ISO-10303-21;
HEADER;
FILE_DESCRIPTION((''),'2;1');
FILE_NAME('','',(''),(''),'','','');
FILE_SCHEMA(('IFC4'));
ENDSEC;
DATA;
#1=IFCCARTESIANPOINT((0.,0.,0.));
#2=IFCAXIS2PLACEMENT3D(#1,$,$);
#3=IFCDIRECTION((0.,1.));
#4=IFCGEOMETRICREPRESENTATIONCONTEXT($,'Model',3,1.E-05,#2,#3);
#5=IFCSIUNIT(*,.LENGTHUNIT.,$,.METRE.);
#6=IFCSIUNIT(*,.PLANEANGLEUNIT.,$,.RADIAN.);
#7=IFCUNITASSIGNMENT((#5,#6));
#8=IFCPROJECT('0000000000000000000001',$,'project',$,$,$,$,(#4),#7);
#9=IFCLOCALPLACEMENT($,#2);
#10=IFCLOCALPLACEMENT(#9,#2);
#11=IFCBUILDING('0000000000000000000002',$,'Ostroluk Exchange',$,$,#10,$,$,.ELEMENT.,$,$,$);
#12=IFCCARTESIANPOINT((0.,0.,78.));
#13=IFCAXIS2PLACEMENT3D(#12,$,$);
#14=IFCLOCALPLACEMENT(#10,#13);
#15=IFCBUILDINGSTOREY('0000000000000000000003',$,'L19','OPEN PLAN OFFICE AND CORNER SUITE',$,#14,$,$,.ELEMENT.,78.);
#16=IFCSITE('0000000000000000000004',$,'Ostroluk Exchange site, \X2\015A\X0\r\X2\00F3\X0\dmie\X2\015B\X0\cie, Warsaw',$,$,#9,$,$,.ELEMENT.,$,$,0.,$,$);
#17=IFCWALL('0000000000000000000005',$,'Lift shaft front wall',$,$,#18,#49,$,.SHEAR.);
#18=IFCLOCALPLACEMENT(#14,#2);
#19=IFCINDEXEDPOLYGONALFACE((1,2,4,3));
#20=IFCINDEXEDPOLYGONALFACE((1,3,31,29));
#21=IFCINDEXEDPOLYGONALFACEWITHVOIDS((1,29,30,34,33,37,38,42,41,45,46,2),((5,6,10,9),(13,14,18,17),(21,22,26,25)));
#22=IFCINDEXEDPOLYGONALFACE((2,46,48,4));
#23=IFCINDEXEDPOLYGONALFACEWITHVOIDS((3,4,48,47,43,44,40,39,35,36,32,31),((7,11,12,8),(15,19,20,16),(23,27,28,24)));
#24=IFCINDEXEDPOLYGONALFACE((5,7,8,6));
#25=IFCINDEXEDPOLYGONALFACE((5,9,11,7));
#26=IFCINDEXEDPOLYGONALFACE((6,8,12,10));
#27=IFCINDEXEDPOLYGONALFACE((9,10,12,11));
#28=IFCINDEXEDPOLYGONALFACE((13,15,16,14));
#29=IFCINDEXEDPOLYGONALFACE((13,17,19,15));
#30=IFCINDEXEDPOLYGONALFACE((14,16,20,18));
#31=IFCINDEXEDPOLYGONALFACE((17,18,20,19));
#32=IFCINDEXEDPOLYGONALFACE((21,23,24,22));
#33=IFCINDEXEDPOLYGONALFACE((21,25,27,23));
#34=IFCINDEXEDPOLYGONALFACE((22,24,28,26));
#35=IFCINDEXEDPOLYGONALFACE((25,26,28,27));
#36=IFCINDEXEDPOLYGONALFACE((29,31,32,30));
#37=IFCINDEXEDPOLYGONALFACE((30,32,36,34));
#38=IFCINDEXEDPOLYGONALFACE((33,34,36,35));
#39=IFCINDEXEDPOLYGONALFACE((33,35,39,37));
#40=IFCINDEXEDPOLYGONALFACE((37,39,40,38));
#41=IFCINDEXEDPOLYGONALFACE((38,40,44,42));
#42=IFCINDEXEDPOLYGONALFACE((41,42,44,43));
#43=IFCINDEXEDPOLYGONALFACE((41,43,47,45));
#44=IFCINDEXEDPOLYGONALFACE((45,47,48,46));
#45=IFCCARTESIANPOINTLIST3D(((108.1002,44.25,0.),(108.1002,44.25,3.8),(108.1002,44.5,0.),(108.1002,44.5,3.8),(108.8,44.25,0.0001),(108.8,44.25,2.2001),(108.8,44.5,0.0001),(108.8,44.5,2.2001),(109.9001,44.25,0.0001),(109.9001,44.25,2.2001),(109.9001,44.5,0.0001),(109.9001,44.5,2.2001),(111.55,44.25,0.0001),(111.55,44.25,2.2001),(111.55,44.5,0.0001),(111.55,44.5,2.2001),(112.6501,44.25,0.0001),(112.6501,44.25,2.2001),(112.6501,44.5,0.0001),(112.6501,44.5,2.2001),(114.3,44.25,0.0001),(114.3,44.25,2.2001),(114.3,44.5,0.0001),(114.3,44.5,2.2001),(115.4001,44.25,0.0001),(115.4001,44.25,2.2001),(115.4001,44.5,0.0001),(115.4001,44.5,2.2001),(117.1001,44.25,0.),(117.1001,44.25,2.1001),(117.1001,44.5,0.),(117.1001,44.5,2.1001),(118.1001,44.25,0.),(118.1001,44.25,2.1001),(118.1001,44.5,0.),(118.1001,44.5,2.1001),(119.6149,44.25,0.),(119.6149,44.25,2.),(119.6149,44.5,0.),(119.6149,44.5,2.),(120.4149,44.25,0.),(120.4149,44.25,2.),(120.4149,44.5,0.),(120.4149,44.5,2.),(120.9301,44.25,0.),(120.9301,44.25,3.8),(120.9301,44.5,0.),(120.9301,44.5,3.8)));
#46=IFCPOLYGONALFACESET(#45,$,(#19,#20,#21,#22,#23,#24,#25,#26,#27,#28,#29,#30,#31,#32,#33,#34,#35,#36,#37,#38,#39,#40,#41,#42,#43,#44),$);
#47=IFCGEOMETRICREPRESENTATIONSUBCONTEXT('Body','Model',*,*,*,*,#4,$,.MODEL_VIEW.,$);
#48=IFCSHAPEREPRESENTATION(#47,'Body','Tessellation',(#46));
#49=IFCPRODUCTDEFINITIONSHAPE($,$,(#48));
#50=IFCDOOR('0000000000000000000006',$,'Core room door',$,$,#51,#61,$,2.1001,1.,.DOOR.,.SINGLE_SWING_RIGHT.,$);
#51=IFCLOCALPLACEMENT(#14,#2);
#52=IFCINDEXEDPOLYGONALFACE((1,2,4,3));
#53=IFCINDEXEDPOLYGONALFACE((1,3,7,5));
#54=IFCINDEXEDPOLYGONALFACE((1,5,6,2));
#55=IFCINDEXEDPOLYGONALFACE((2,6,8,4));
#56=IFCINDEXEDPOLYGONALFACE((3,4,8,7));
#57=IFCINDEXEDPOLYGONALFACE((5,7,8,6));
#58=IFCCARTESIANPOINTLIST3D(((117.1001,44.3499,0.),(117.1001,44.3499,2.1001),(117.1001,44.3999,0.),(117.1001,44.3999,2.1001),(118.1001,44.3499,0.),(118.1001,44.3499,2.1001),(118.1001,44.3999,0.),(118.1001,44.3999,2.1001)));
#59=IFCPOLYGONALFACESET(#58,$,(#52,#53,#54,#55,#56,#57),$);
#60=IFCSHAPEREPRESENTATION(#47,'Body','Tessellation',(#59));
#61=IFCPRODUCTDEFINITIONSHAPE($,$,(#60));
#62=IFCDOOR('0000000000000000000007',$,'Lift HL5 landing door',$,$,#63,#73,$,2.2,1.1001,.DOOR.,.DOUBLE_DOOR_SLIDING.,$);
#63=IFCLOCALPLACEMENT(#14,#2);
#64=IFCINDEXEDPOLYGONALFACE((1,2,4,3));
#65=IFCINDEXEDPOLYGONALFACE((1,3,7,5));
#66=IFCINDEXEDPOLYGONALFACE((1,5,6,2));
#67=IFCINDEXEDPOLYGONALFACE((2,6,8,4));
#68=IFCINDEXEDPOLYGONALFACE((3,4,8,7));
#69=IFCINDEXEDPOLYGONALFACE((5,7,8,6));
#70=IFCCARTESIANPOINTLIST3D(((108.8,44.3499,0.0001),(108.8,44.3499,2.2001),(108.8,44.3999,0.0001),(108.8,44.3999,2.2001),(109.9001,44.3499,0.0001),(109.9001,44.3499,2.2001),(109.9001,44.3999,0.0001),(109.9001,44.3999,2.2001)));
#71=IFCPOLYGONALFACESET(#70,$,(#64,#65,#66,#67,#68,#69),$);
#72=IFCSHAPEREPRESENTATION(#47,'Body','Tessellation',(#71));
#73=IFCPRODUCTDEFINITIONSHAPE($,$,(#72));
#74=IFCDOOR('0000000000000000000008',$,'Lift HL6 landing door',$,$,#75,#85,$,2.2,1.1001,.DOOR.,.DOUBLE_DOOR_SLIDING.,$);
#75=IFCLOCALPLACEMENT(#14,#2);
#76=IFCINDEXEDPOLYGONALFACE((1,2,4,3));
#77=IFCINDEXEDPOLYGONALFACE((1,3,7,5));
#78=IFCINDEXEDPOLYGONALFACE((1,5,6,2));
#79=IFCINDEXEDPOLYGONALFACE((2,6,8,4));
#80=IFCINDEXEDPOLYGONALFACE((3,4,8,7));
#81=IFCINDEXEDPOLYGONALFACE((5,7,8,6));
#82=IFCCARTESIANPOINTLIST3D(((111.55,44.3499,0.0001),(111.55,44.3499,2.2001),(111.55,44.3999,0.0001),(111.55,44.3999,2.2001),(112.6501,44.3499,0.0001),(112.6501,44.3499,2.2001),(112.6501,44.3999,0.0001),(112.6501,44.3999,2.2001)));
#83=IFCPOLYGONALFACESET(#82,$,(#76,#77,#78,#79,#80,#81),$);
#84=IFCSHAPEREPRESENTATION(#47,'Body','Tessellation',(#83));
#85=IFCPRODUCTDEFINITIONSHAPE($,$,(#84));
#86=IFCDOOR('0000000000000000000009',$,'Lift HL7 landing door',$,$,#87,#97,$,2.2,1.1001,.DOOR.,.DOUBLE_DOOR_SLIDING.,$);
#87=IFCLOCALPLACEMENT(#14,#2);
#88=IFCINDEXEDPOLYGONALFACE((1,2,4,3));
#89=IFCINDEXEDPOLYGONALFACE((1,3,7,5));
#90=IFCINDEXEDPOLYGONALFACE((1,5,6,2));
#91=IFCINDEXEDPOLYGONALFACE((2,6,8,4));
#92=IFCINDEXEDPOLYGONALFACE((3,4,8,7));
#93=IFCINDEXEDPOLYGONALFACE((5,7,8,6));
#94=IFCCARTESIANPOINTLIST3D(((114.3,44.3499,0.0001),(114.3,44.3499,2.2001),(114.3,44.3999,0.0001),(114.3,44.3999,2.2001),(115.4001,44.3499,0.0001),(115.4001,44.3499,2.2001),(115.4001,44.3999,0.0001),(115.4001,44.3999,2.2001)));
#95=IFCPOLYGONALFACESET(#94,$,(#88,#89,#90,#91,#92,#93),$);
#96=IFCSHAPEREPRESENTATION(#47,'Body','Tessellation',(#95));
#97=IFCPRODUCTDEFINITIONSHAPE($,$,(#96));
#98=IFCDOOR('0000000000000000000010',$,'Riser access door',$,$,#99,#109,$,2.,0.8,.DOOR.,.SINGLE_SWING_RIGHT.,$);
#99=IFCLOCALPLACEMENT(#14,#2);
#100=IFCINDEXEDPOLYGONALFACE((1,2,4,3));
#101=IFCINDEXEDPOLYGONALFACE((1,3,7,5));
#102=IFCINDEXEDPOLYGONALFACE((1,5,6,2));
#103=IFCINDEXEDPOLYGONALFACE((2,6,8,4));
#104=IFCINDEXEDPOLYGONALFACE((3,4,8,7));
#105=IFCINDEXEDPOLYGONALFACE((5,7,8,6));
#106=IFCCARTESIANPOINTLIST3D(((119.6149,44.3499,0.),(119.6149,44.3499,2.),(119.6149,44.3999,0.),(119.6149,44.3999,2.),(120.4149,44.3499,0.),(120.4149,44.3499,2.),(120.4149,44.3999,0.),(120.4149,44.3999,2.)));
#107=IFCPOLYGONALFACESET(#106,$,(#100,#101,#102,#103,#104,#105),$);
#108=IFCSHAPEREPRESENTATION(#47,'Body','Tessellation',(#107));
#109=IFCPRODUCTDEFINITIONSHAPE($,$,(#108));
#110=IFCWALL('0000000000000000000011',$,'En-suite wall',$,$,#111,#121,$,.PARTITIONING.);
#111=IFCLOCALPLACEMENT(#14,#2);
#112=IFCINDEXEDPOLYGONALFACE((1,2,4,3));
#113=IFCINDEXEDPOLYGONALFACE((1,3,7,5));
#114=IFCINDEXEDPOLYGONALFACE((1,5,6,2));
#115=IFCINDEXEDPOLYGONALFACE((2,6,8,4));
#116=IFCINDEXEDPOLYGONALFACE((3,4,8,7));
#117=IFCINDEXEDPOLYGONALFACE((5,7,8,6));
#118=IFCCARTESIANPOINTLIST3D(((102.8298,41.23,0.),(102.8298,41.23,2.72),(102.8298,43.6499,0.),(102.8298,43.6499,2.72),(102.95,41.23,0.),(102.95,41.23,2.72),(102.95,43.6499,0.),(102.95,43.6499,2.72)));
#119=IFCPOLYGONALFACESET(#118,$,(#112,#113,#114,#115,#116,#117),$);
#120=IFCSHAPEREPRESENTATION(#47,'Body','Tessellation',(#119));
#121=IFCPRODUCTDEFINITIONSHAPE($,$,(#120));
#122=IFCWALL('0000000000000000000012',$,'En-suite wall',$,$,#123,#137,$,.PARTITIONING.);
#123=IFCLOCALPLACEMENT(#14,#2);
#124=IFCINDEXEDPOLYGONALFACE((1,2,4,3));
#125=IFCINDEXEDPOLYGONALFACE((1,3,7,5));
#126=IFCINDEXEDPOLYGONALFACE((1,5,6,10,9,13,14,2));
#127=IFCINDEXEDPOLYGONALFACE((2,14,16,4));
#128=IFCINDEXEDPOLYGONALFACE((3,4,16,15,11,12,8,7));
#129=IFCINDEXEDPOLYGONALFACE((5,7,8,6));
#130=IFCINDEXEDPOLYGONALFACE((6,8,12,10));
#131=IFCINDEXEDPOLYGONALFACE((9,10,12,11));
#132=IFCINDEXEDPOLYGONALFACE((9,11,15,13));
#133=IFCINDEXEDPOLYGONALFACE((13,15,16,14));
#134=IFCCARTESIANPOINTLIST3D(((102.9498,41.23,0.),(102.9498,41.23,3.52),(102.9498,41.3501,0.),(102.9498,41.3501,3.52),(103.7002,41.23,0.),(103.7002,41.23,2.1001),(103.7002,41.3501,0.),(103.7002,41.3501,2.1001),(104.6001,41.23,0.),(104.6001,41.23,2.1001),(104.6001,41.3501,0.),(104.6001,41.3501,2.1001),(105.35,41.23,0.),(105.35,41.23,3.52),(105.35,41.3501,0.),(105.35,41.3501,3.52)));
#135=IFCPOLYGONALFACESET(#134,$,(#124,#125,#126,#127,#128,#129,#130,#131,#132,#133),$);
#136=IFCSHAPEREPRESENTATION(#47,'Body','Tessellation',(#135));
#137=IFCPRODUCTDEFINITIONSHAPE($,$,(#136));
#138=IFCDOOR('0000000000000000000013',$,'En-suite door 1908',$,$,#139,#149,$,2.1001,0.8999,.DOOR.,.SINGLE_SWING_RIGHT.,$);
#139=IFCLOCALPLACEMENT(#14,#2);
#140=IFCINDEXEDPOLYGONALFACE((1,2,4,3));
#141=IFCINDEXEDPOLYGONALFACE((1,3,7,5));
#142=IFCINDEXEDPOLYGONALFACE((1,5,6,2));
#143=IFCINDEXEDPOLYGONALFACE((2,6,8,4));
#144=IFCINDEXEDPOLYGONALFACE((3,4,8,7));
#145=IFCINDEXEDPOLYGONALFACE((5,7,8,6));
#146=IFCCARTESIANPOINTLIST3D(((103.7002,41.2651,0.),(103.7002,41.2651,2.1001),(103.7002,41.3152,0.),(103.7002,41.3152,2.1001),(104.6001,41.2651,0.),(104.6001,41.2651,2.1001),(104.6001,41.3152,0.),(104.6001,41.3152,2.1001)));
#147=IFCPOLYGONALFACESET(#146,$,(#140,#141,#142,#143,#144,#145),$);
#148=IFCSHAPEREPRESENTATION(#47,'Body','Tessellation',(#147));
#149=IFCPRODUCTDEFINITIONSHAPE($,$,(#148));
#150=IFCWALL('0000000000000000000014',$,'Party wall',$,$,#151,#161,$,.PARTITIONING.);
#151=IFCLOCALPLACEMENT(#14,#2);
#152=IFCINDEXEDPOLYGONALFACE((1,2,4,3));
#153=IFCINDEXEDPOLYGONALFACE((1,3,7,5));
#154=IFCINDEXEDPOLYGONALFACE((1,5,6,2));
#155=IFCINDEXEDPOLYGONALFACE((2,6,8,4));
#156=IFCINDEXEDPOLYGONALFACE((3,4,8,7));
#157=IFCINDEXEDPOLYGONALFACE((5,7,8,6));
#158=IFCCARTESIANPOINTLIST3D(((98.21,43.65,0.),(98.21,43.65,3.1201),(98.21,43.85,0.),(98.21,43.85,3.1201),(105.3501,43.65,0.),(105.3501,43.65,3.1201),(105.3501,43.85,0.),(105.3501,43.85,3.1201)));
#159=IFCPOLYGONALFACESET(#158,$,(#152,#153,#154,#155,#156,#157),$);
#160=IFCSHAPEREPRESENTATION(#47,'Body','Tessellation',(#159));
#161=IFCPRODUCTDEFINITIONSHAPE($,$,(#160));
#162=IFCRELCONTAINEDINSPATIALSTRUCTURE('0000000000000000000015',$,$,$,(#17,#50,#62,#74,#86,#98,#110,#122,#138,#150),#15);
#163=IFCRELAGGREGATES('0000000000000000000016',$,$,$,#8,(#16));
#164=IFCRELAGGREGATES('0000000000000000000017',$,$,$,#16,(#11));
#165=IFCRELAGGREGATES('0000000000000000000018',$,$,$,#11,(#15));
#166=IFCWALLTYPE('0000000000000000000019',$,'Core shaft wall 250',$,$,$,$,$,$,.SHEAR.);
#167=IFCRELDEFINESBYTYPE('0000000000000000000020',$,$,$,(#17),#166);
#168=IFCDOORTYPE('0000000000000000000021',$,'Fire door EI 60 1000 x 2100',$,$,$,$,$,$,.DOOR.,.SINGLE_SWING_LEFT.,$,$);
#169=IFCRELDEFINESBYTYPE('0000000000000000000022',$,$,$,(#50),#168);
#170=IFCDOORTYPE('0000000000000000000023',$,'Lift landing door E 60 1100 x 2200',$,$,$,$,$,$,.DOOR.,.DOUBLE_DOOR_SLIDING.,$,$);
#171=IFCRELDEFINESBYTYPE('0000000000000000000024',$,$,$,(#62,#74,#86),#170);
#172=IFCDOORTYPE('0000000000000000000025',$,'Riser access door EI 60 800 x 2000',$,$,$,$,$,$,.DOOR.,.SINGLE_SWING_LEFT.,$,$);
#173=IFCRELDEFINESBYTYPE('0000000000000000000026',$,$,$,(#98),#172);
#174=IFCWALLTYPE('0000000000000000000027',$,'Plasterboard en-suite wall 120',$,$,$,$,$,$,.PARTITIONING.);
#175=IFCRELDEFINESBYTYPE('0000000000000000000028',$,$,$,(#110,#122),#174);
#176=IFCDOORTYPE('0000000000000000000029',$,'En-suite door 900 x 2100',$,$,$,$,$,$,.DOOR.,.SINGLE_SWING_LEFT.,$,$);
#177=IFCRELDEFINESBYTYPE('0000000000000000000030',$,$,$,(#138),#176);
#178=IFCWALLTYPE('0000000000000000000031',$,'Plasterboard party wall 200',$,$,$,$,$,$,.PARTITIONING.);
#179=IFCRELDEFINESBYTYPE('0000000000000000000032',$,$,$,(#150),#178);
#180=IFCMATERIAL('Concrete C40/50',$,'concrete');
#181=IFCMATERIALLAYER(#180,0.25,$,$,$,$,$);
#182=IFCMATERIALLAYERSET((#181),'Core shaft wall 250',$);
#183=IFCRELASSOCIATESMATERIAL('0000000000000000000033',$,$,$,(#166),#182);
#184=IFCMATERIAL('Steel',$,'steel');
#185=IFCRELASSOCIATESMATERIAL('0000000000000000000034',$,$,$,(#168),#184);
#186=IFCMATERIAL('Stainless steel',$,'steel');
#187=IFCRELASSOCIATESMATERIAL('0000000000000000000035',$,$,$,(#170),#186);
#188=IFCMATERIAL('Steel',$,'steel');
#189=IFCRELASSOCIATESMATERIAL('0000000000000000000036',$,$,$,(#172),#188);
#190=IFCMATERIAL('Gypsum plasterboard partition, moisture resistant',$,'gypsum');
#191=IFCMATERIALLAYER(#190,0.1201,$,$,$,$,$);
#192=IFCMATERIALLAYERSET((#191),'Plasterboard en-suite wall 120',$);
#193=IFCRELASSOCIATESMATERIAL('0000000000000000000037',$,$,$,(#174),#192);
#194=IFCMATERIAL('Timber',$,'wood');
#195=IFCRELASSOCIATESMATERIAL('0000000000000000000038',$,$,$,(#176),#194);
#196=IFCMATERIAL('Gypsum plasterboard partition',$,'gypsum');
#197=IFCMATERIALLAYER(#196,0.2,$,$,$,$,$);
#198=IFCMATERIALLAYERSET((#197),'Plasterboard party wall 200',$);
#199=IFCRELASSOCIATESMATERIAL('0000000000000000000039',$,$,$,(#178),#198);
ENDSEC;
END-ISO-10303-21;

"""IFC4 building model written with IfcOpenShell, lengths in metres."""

from ifc_helpers import new_model, si_unit, direction, frame, frame_2d, origin, place, context, subcontext, project, spatial, rectangle, extrude, material, layer, layer_set, type_object, element, fill, save


model = new_model("IFC4")

# Units and contexts
model_context = context("Model", 3, precision=1e-05, world=origin(), true_north=direction((0.0, 1.0)))
body_context = subcontext(model_context, "Body", "Model", "MODEL_VIEW")
ifc_project = project(units=[si_unit("LENGTHUNIT", "METRE"), si_unit("PLANEANGLEUNIT", "RADIAN")], contexts=[model_context])

# Site, building, storey
site_placement = place(None, origin())
site = spatial("IfcSite", under=ifc_project, at=site_placement, Name="Ostroluk Exchange site, Śródmieście, Warsaw", CompositionType="ELEMENT", RefElevation=0.0)
building_placement = place(site_placement, origin())
building = spatial("IfcBuilding", under=site, at=building_placement, Name="Ostroluk Exchange", CompositionType="ELEMENT")
storey_placement = place(building_placement, frame((0.0, 0.0, 78.0)))
storey = spatial("IfcBuildingStorey", under=building, at=storey_placement, Name="L19", Description="OPEN PLAN OFFICE AND CORNER SUITE", CompositionType="ELEMENT", Elevation=78.0)

# Shared definitions
ifc_material_1 = material(Name="Concrete C40/50", Category="concrete")
ifc_layer_1 = layer(ifc_material_1, 0.25)
ifc_layer_set_1 = layer_set([ifc_layer_1], Name="Core shaft wall 250")
wall_type_1 = type_object("IfcWallType", Name="Core shaft wall 250", PredefinedType="SHEAR", material=ifc_layer_set_1)

# Wall, openings, doors
wall_1_placement = place(storey_placement, frame((108.1001, 44.375, 0.0), z_axis=(0.0, 0.0, 1.0), x_axis=(1.0, 0.0, 0.0)))
wall_1 = element("IfcWall", 1, at=wall_1_placement, inside=storey, type_object=wall_type_1, Name="Lift shaft front wall", PredefinedType="SHEAR", context=body_context, shape_type="SweptSolid", body=[
    extrude(rectangle(XDim=12.8298, YDim=0.25, at=frame_2d((6.415, 0.0))), origin(), (0.0, 0.0, 1.0), 3.8),
])
opening_1_placement = place(wall_1_placement, frame((0.7, 0.0, 0.0)))
opening_1 = element("IfcOpeningElement", 2, at=opening_1_placement, cuts=wall_1, PredefinedType="OPENING", context=body_context, shape_type="SweptSolid", body=[
    extrude(rectangle(XDim=1.1001, YDim=2.2, at=frame_2d((0.55, 1.1001))), frame((0.0, 0.135, 0.0), z_axis=(0.0, -1.0, 0.0), x_axis=(1.0, 0.0, 0.0)), (0.0, 0.0, 1.0), 0.27),
])
opening_2_placement = place(wall_1_placement, frame((3.45, 0.0, 0.0)))
opening_2 = element("IfcOpeningElement", 3, at=opening_2_placement, cuts=wall_1, PredefinedType="OPENING", context=body_context, shape_type="SweptSolid", body=[
    extrude(rectangle(XDim=1.1001, YDim=2.2, at=frame_2d((0.55, 1.1001))), frame((0.0, 0.135, 0.0), z_axis=(0.0, -1.0, 0.0), x_axis=(1.0, 0.0, 0.0)), (0.0, 0.0, 1.0), 0.27),
])
opening_3_placement = place(wall_1_placement, frame((6.2, 0.0, 0.0)))
opening_3 = element("IfcOpeningElement", 4, at=opening_3_placement, cuts=wall_1, PredefinedType="OPENING", context=body_context, shape_type="SweptSolid", body=[
    extrude(rectangle(XDim=1.1001, YDim=2.2, at=frame_2d((0.55, 1.1001))), frame((0.0, 0.135, 0.0), z_axis=(0.0, -1.0, 0.0), x_axis=(1.0, 0.0, 0.0)), (0.0, 0.0, 1.0), 0.27),
])
opening_4_placement = place(wall_1_placement, frame((9.0, 0.0, 0.0)))
opening_4 = element("IfcOpeningElement", 5, at=opening_4_placement, cuts=wall_1, PredefinedType="OPENING", context=body_context, shape_type="SweptSolid", body=[
    extrude(rectangle(XDim=1.0, YDim=2.1001, at=frame_2d((0.5, 1.05))), frame((0.0, 0.135, 0.0), z_axis=(0.0, -1.0, 0.0), x_axis=(1.0, 0.0, 0.0)), (0.0, 0.0, 1.0), 0.27),
])
opening_5_placement = place(wall_1_placement, frame((11.5149, 0.0, 0.0)))
opening_5 = element("IfcOpeningElement", 6, at=opening_5_placement, cuts=wall_1, PredefinedType="OPENING", context=body_context, shape_type="SweptSolid", body=[
    extrude(rectangle(XDim=0.8, YDim=2.0, at=frame_2d((0.3999, 1.0))), frame((0.0, 0.135, 0.0), z_axis=(0.0, -1.0, 0.0), x_axis=(1.0, 0.0, 0.0)), (0.0, 0.0, 1.0), 0.27),
])
ifc_material_2 = material(Name="Steel", Category="steel")
door_type_1 = type_object("IfcDoorType", Name="Fire door EI 60 1000 x 2100", OperationType="SINGLE_SWING_LEFT", PredefinedType="DOOR", material=ifc_material_2)
door_1_placement = place(opening_4_placement, origin())
door_1 = element("IfcDoor", 7, at=door_1_placement, inside=storey, type_object=door_type_1, Name="Core room door", OperationType="SINGLE_SWING_RIGHT", OverallHeight=2.1001, OverallWidth=1.0, PredefinedType="DOOR", context=body_context, shape_type="SweptSolid", body=[
    extrude(rectangle(XDim=1.0, YDim=2.1001, at=frame_2d((0.5, 1.05))), frame((0.0, 0.0249, 0.0), z_axis=(0.0, -1.0, 0.0), x_axis=(1.0, 0.0, 0.0)), (0.0, 0.0, 1.0), 0.05),
])
fill(opening_4, door_1)
ifc_material_3 = material(Name="Stainless steel", Category="steel")
door_type_2 = type_object("IfcDoorType", Name="Lift landing door E 60 1100 x 2200", OperationType="DOUBLE_DOOR_SLIDING", PredefinedType="DOOR", material=ifc_material_3)
door_2_placement = place(opening_1_placement, origin())
door_2 = element("IfcDoor", 8, at=door_2_placement, inside=storey, type_object=door_type_2, Name="Lift HL5 landing door", OperationType="DOUBLE_DOOR_SLIDING", OverallHeight=2.2, OverallWidth=1.1001, PredefinedType="DOOR", context=body_context, shape_type="SweptSolid", body=[
    extrude(rectangle(XDim=1.1001, YDim=2.2, at=frame_2d((0.55, 1.1001))), frame((0.0, 0.0249, 0.0), z_axis=(0.0, -1.0, 0.0), x_axis=(1.0, 0.0, 0.0)), (0.0, 0.0, 1.0), 0.05),
])
fill(opening_1, door_2)
door_3_placement = place(opening_2_placement, origin())
door_3 = element("IfcDoor", 9, at=door_3_placement, inside=storey, type_object=door_type_2, Name="Lift HL6 landing door", OperationType="DOUBLE_DOOR_SLIDING", OverallHeight=2.2, OverallWidth=1.1001, PredefinedType="DOOR", context=body_context, shape_type="SweptSolid", body=[
    extrude(rectangle(XDim=1.1001, YDim=2.2, at=frame_2d((0.55, 1.1001))), frame((0.0, 0.0249, 0.0), z_axis=(0.0, -1.0, 0.0), x_axis=(1.0, 0.0, 0.0)), (0.0, 0.0, 1.0), 0.05),
])
fill(opening_2, door_3)
door_4_placement = place(opening_3_placement, origin())
door_4 = element("IfcDoor", 10, at=door_4_placement, inside=storey, type_object=door_type_2, Name="Lift HL7 landing door", OperationType="DOUBLE_DOOR_SLIDING", OverallHeight=2.2, OverallWidth=1.1001, PredefinedType="DOOR", context=body_context, shape_type="SweptSolid", body=[
    extrude(rectangle(XDim=1.1001, YDim=2.2, at=frame_2d((0.55, 1.1001))), frame((0.0, 0.0249, 0.0), z_axis=(0.0, -1.0, 0.0), x_axis=(1.0, 0.0, 0.0)), (0.0, 0.0, 1.0), 0.05),
])
fill(opening_3, door_4)
ifc_material_4 = material(Name="Steel", Category="steel")
door_type_3 = type_object("IfcDoorType", Name="Riser access door EI 60 800 x 2000", OperationType="SINGLE_SWING_LEFT", PredefinedType="DOOR", material=ifc_material_4)
door_5_placement = place(opening_5_placement, origin())
door_5 = element("IfcDoor", 11, at=door_5_placement, inside=storey, type_object=door_type_3, Name="Riser access door", OperationType="SINGLE_SWING_RIGHT", OverallHeight=2.0, OverallWidth=0.8, PredefinedType="DOOR", context=body_context, shape_type="SweptSolid", body=[
    extrude(rectangle(XDim=0.8, YDim=2.0, at=frame_2d((0.3999, 1.0))), frame((0.0, 0.0249, 0.0), z_axis=(0.0, -1.0, 0.0), x_axis=(1.0, 0.0, 0.0)), (0.0, 0.0, 1.0), 0.05),
])
fill(opening_5, door_5)

# Wall
ifc_material_5 = material(Name="Gypsum plasterboard partition, moisture resistant", Category="gypsum")
ifc_layer_2 = layer(ifc_material_5, 0.1201)
ifc_layer_set_2 = layer_set([ifc_layer_2], Name="Plasterboard en-suite wall 120")
wall_type_2 = type_object("IfcWallType", Name="Plasterboard en-suite wall 120", PredefinedType="PARTITIONING", material=ifc_layer_set_2)
wall_2_placement = place(storey_placement, frame((102.8899, 43.6499, 0.0), z_axis=(0.0, 0.0, 1.0), x_axis=(0.0, -1.0, 0.0)))
element("IfcWall", 12, at=wall_2_placement, inside=storey, type_object=wall_type_2, Name="En-suite wall", PredefinedType="PARTITIONING", context=body_context, shape_type="SweptSolid", body=[
    extrude(rectangle(XDim=2.4199, YDim=0.1201, at=frame_2d((1.21, 0.0))), origin(), (0.0, 0.0, 1.0), 2.72),
])

# Wall, opening, door
wall_3_placement = place(storey_placement, frame((105.3501, 41.29, 0.0), z_axis=(0.0, 0.0, 1.0), x_axis=(-1.0, 0.0, 0.0)))
wall_3 = element("IfcWall", 13, at=wall_3_placement, inside=storey, type_object=wall_type_2, Name="En-suite wall", PredefinedType="PARTITIONING", context=body_context, shape_type="SweptSolid", body=[
    extrude(rectangle(XDim=2.4001, YDim=0.1201, at=frame_2d((1.2002, 0.0))), origin(), (0.0, 0.0, 1.0), 3.52),
])
opening_6_placement = place(wall_3_placement, frame((0.75, 0.0, 0.0)))
opening_6 = element("IfcOpeningElement", 14, at=opening_6_placement, cuts=wall_3, PredefinedType="OPENING", context=body_context, shape_type="SweptSolid", body=[
    extrude(rectangle(XDim=0.8999, YDim=2.1001, at=frame_2d((0.45, 1.05))), frame((0.0, 0.0701, 0.0), z_axis=(0.0, -1.0, 0.0), x_axis=(1.0, 0.0, 0.0)), (0.0, 0.0, 1.0), 0.1401),
])
ifc_material_6 = material(Name="Timber", Category="wood")
door_type_4 = type_object("IfcDoorType", Name="En-suite door 900 x 2100", OperationType="SINGLE_SWING_LEFT", PredefinedType="DOOR", material=ifc_material_6)
door_6_placement = place(opening_6_placement, origin())
door_6 = element("IfcDoor", 15, at=door_6_placement, inside=storey, type_object=door_type_4, Name="En-suite door 1908", OperationType="SINGLE_SWING_RIGHT", OverallHeight=2.1001, OverallWidth=0.8999, PredefinedType="DOOR", context=body_context, shape_type="SweptSolid", body=[
    extrude(rectangle(XDim=0.8999, YDim=2.1001, at=frame_2d((0.45, 1.05))), frame((0.0, 0.0249, 0.0), z_axis=(0.0, -1.0, 0.0), x_axis=(1.0, 0.0, 0.0)), (0.0, 0.0, 1.0), 0.05),
])
fill(opening_6, door_6)

# Wall
ifc_material_7 = material(Name="Gypsum plasterboard partition", Category="gypsum")
ifc_layer_3 = layer(ifc_material_7, 0.2)
ifc_layer_set_3 = layer_set([ifc_layer_3], Name="Plasterboard party wall 200")
wall_type_3 = type_object("IfcWallType", Name="Plasterboard party wall 200", PredefinedType="PARTITIONING", material=ifc_layer_set_3)
wall_4_placement = place(storey_placement, frame((105.3501, 43.75, 0.0), z_axis=(0.0, 0.0, 1.0), x_axis=(-1.0, 0.0, 0.0)))
element("IfcWall", 16, at=wall_4_placement, inside=storey, type_object=wall_type_3, Name="Party wall", PredefinedType="PARTITIONING", context=body_context, shape_type="SweptSolid", body=[
    extrude(rectangle(XDim=7.1401, YDim=0.2, at=frame_2d((3.5701, 0.0))), origin(), (0.0, 0.0, 1.0), 3.1201),
])

save(model, "model.ifc")
